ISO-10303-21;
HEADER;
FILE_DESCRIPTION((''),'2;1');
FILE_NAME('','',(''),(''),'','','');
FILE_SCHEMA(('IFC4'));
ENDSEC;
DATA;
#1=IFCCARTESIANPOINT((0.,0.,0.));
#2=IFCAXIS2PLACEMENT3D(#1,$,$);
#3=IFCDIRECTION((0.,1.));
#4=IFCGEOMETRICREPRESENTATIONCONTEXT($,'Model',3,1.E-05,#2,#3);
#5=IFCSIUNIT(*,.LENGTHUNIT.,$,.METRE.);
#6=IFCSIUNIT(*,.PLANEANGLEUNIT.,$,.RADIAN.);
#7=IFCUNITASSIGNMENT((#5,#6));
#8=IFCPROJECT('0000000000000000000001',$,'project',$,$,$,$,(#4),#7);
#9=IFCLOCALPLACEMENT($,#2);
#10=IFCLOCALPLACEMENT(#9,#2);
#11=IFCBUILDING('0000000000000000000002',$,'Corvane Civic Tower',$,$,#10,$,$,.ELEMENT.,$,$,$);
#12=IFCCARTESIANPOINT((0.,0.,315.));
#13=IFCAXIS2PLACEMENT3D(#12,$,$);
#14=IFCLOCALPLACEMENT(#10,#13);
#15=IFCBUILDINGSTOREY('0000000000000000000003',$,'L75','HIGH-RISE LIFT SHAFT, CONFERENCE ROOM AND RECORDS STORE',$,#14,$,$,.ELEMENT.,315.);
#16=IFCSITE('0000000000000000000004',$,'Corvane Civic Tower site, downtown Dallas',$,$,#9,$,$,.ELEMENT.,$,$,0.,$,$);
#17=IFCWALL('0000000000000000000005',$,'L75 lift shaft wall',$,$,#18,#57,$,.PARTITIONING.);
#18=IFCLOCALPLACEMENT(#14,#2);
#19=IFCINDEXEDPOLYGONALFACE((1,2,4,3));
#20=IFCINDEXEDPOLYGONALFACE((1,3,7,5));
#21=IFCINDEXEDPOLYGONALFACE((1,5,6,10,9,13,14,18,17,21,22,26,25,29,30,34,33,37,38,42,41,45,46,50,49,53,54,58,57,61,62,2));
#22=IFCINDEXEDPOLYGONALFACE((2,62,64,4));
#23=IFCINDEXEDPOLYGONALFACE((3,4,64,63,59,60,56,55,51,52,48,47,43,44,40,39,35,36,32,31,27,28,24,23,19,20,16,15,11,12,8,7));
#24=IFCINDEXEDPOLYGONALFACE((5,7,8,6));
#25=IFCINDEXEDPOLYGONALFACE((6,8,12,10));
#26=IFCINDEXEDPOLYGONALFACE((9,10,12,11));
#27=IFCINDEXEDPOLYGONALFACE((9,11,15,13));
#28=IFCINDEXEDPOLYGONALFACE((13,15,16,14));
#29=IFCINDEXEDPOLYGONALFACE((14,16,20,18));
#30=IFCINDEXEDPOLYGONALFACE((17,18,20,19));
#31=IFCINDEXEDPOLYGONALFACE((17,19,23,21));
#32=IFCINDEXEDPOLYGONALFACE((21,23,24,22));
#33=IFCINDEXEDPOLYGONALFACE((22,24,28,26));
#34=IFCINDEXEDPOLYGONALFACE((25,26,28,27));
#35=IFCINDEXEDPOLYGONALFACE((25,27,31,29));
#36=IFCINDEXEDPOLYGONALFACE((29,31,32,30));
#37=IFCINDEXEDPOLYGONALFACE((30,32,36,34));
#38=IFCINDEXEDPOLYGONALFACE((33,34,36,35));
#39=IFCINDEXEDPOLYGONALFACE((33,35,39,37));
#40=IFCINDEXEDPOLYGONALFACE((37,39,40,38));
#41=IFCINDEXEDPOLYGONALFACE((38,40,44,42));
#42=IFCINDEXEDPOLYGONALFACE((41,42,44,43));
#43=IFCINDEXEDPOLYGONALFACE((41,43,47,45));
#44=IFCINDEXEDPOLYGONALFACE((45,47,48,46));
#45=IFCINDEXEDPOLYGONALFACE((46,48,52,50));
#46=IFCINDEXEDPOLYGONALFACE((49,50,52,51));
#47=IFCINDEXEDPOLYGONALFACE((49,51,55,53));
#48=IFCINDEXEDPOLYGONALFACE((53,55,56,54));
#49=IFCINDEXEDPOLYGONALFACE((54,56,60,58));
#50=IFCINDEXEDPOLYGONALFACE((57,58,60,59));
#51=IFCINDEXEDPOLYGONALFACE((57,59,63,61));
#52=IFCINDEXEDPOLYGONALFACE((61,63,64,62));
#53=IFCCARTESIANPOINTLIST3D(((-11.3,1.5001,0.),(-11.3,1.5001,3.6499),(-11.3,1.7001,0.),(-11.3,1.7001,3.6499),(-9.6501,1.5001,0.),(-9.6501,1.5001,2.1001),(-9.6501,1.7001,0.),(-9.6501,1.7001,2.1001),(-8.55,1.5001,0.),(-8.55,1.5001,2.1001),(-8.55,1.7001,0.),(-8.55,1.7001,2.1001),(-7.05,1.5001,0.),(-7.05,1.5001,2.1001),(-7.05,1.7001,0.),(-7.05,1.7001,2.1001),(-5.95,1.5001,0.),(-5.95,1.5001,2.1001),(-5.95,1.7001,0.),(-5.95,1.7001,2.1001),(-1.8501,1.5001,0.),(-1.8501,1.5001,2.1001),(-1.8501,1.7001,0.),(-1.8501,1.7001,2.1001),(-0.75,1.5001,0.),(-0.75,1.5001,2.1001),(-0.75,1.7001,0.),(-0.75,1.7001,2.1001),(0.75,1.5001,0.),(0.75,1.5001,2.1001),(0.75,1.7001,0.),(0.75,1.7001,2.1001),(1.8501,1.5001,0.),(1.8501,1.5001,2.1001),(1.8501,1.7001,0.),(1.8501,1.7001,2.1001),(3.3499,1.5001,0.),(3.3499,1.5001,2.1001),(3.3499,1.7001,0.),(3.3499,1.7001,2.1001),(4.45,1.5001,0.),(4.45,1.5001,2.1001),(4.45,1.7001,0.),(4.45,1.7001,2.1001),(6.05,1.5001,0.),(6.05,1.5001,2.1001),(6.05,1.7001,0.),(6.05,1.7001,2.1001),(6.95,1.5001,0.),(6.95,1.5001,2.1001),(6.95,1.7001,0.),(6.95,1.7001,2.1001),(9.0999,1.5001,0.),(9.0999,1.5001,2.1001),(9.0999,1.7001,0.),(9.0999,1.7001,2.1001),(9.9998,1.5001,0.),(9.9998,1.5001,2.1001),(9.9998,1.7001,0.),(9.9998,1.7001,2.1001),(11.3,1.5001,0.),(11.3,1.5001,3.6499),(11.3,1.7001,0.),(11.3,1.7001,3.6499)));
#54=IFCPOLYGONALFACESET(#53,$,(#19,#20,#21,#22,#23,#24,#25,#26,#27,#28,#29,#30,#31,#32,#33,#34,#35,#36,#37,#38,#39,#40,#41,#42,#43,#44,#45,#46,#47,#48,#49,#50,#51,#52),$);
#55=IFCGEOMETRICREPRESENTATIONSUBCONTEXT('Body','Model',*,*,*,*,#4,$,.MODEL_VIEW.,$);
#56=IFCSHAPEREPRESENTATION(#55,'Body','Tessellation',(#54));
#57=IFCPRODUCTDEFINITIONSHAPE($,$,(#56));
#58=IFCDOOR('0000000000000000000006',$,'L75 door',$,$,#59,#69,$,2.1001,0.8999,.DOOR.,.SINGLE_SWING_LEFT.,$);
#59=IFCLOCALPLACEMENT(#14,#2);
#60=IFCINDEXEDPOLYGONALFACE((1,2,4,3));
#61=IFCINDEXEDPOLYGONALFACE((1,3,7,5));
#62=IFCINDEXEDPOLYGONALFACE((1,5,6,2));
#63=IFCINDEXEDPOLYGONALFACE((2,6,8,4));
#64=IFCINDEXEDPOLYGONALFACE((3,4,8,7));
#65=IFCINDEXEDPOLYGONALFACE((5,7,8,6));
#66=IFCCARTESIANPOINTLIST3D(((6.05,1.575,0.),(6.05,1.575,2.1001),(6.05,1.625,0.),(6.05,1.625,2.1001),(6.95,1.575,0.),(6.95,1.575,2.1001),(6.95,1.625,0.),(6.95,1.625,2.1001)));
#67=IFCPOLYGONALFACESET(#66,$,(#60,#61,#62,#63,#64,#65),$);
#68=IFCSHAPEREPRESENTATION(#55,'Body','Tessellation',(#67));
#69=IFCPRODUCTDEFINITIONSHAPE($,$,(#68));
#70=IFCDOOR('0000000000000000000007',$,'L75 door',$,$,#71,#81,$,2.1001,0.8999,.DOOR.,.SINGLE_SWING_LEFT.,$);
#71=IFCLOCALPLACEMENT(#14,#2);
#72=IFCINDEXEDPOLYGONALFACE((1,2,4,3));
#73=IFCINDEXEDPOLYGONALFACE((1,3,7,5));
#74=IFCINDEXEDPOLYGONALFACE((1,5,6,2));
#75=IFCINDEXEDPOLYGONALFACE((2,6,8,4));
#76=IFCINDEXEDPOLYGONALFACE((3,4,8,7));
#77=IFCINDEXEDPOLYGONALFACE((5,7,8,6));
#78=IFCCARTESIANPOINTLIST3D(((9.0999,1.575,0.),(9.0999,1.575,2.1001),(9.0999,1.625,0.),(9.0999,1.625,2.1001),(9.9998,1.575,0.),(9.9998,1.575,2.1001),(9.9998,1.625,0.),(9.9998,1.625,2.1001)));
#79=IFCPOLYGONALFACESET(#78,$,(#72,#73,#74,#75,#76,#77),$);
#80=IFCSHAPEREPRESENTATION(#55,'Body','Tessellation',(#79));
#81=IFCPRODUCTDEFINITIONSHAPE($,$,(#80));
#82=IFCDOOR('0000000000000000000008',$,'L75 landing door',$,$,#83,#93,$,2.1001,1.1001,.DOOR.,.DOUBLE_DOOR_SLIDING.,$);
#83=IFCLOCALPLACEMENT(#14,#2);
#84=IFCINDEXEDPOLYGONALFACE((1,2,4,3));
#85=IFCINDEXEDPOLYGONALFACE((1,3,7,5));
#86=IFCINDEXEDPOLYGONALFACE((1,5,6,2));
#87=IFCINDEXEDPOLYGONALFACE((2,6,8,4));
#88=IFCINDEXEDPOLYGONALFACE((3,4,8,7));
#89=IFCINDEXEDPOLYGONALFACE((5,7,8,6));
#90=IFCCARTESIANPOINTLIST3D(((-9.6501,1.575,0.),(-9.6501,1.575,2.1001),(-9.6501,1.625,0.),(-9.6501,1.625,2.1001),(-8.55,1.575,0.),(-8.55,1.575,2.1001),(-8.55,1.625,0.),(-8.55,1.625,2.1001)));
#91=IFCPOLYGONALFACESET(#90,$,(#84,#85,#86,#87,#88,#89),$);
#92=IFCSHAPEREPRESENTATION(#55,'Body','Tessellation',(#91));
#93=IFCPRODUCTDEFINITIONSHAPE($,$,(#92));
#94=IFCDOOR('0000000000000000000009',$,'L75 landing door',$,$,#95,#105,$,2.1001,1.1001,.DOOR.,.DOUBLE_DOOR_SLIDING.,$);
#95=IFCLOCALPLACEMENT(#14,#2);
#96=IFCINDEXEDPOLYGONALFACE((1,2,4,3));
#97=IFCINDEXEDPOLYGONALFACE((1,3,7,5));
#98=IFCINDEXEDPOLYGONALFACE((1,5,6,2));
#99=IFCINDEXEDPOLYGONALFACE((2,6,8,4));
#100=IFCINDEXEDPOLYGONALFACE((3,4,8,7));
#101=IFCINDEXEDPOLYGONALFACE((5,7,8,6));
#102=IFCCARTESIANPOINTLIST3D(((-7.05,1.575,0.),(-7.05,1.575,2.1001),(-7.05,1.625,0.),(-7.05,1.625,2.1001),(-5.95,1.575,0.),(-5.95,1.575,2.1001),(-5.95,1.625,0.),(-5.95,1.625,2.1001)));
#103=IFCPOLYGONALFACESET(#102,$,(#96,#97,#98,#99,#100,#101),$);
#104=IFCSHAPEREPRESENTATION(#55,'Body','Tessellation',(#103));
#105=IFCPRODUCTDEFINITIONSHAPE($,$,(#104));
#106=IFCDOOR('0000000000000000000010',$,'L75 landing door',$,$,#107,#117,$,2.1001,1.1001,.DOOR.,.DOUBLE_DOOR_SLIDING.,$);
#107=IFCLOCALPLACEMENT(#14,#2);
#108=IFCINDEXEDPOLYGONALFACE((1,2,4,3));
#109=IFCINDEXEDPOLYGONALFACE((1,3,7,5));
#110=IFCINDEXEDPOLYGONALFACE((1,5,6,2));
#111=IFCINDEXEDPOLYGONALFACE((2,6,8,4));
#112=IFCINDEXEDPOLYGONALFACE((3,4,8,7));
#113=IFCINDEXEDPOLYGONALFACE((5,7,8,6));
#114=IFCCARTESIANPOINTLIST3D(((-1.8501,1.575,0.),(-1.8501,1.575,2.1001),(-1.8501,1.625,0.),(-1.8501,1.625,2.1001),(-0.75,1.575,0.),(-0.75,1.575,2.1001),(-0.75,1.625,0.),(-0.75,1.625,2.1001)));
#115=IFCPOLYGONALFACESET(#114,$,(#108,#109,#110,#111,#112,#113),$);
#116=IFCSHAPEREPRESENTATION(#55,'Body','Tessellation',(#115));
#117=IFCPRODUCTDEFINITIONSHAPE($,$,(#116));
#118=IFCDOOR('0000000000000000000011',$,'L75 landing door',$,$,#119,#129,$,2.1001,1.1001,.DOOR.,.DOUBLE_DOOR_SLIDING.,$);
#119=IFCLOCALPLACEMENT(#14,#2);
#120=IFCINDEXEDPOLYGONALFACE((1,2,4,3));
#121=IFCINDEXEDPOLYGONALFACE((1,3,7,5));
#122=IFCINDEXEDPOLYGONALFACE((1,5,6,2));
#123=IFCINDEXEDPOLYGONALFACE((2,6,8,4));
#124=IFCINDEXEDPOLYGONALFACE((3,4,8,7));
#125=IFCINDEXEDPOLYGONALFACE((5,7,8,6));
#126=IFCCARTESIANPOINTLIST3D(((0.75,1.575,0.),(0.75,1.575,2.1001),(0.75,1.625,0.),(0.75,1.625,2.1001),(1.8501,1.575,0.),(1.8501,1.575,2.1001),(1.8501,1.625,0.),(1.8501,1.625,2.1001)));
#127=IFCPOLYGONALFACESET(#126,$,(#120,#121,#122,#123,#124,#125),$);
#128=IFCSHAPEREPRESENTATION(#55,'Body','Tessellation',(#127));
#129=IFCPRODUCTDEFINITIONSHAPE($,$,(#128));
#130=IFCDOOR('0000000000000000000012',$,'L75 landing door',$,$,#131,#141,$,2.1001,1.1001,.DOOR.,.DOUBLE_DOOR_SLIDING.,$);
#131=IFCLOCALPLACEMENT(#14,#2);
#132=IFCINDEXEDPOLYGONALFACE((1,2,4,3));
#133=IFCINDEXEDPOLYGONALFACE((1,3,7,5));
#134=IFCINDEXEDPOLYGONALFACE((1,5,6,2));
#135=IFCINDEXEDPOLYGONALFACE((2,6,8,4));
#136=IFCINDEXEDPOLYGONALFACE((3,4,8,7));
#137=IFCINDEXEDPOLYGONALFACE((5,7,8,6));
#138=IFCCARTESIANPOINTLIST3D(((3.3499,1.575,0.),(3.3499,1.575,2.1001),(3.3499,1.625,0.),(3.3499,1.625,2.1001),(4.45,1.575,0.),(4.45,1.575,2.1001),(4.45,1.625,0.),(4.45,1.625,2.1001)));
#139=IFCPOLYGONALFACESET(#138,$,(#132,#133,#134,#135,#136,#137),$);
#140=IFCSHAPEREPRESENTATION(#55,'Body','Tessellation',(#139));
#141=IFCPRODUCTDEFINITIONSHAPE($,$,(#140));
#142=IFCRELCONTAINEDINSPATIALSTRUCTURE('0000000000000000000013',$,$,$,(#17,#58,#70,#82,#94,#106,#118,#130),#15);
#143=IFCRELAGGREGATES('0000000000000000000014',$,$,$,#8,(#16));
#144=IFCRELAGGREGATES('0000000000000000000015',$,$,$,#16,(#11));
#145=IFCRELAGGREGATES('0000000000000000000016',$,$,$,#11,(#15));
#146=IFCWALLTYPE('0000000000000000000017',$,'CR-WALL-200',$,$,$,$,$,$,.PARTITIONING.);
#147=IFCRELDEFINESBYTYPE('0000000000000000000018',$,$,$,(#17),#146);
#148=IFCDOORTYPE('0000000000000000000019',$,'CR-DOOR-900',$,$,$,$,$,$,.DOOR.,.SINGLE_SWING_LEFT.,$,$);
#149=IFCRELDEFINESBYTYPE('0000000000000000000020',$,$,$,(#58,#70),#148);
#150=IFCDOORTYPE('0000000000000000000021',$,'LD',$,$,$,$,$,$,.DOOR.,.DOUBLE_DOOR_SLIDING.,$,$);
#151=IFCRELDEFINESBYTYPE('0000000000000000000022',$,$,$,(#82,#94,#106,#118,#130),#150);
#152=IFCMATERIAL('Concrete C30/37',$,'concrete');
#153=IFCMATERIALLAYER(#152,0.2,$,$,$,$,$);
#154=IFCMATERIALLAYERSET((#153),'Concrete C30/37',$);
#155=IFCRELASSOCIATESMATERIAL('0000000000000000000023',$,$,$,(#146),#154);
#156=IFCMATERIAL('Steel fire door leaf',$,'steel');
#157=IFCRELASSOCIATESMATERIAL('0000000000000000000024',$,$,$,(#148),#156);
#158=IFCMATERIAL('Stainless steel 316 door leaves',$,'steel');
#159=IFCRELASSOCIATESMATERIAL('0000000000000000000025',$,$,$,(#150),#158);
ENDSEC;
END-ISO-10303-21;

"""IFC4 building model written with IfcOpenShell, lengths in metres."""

from ifc_helpers import new_model, si_unit, direction, frame, frame_2d, origin, place, context, subcontext, project, spatial, rectangle, extrude, material, layer, layer_set, type_object, element, fill, save


model = new_model("IFC4")

# Units and contexts
model_context = context("Model", 3, precision=1e-05, world=origin(), true_north=direction((0.0, 1.0)))
body_context = subcontext(model_context, "Body", "Model", "MODEL_VIEW")
ifc_project = project(units=[si_unit("LENGTHUNIT", "METRE"), si_unit("PLANEANGLEUNIT", "RADIAN")], contexts=[model_context])

# Site, building, storey
site_placement = place(None, origin())
site = spatial("IfcSite", under=ifc_project, at=site_placement, Name="Corvane Civic Tower site, downtown Dallas", CompositionType="ELEMENT", RefElevation=0.0)
building_placement = place(site_placement, origin())
building = spatial("IfcBuilding", under=site, at=building_placement, Name="Corvane Civic Tower", CompositionType="ELEMENT")
storey_placement = place(building_placement, frame((0.0, 0.0, 315.0)))
storey = spatial("IfcBuildingStorey", under=building, at=storey_placement, Name="L75", Description="HIGH-RISE LIFT SHAFT, CONFERENCE ROOM AND RECORDS STORE", CompositionType="ELEMENT", Elevation=315.0)

# Wall, openings, doors
ifc_material_1 = material(Name="Concrete C30/37", Category="concrete")
ifc_layer_1 = layer(ifc_material_1, 0.2)
ifc_layer_set_1 = layer_set([ifc_layer_1], Name="Concrete C30/37")
wall_type_1 = type_object("IfcWallType", Name="CR-WALL-200", PredefinedType="PARTITIONING", material=ifc_layer_set_1)
wall_1_placement = place(storey_placement, frame((-11.3, 1.6001, 0.0), z_axis=(0.0, 0.0, 1.0), x_axis=(1.0, 0.0, 0.0)))
wall_1 = element("IfcWall", 1, at=wall_1_placement, inside=storey, type_object=wall_type_1, Name="L75 lift shaft wall", PredefinedType="PARTITIONING", context=body_context, shape_type="SweptSolid", body=[
    extrude(rectangle(XDim=22.6001, YDim=0.2, at=frame_2d((11.3, 0.0))), origin(), (0.0, 0.0, 1.0), 3.6499),
])
opening_1_placement = place(wall_1_placement, frame((1.6499, 0.0, 0.0)))
opening_1 = element("IfcOpeningElement", 2, at=opening_1_placement, cuts=wall_1, PredefinedType="OPENING", context=body_context, shape_type="SweptSolid", body=[
    extrude(rectangle(XDim=1.1001, YDim=2.1001, at=frame_2d((0.55, 1.05))), frame((0.0, 0.1099, 0.0), z_axis=(0.0, -1.0, 0.0), x_axis=(1.0, 0.0, 0.0)), (0.0, 0.0, 1.0), 0.22),
])
opening_2_placement = place(wall_1_placement, frame((4.25, 0.0, 0.0)))
opening_2 = element("IfcOpeningElement", 3, at=opening_2_placement, cuts=wall_1, PredefinedType="OPENING", context=body_context, shape_type="SweptSolid", body=[
    extrude(rectangle(XDim=1.1001, YDim=2.1001, at=frame_2d((0.55, 1.05))), frame((0.0, 0.1099, 0.0), z_axis=(0.0, -1.0, 0.0), x_axis=(1.0, 0.0, 0.0)), (0.0, 0.0, 1.0), 0.22),
])
opening_3_placement = place(wall_1_placement, frame((9.45, 0.0, 0.0)))
opening_3 = element("IfcOpeningElement", 4, at=opening_3_placement, cuts=wall_1, PredefinedType="OPENING", context=body_context, shape_type="SweptSolid", body=[
    extrude(rectangle(XDim=1.1001, YDim=2.1001, at=frame_2d((0.55, 1.05))), frame((0.0, 0.1099, 0.0), z_axis=(0.0, -1.0, 0.0), x_axis=(1.0, 0.0, 0.0)), (0.0, 0.0, 1.0), 0.22),
])
opening_4_placement = place(wall_1_placement, frame((12.05, 0.0, 0.0)))
opening_4 = element("IfcOpeningElement", 5, at=opening_4_placement, cuts=wall_1, PredefinedType="OPENING", context=body_context, shape_type="SweptSolid", body=[
    extrude(rectangle(XDim=1.1001, YDim=2.1001, at=frame_2d((0.55, 1.05))), frame((0.0, 0.1099, 0.0), z_axis=(0.0, -1.0, 0.0), x_axis=(1.0, 0.0, 0.0)), (0.0, 0.0, 1.0), 0.22),
])
opening_5_placement = place(wall_1_placement, frame((14.6499, 0.0, 0.0)))
opening_5 = element("IfcOpeningElement", 6, at=opening_5_placement, cuts=wall_1, PredefinedType="OPENING", context=body_context, shape_type="SweptSolid", body=[
    extrude(rectangle(XDim=1.1001, YDim=2.1001, at=frame_2d((0.55, 1.05))), frame((0.0, 0.1099, 0.0), z_axis=(0.0, -1.0, 0.0), x_axis=(1.0, 0.0, 0.0)), (0.0, 0.0, 1.0), 0.22),
])
opening_6_placement = place(wall_1_placement, frame((17.3501, 0.0, 0.0)))
opening_6 = element("IfcOpeningElement", 7, at=opening_6_placement, cuts=wall_1, PredefinedType="OPENING", context=body_context, shape_type="SweptSolid", body=[
    extrude(rectangle(XDim=0.8999, YDim=2.1001, at=frame_2d((0.45, 1.05))), frame((0.0, 0.1099, 0.0), z_axis=(0.0, -1.0, 0.0), x_axis=(1.0, 0.0, 0.0)), (0.0, 0.0, 1.0), 0.22),
])
opening_7_placement = place(wall_1_placement, frame((20.3999, 0.0, 0.0)))
opening_7 = element("IfcOpeningElement", 8, at=opening_7_placement, cuts=wall_1, PredefinedType="OPENING", context=body_context, shape_type="SweptSolid", body=[
    extrude(rectangle(XDim=0.8999, YDim=2.1001, at=frame_2d((0.45, 1.05))), frame((0.0, 0.1099, 0.0), z_axis=(0.0, -1.0, 0.0), x_axis=(1.0, 0.0, 0.0)), (0.0, 0.0, 1.0), 0.22),
])
ifc_material_2 = material(Name="Steel fire door leaf", Category="steel")
door_type_1 = type_object("IfcDoorType", Name="CR-DOOR-900", OperationType="SINGLE_SWING_LEFT", PredefinedType="DOOR", material=ifc_material_2)
door_1_placement = place(opening_6_placement, origin())
door_1 = element("IfcDoor", 9, at=door_1_placement, inside=storey, type_object=door_type_1, Name="L75 door", OperationType="SINGLE_SWING_LEFT", OverallHeight=2.1001, OverallWidth=0.8999, PredefinedType="DOOR", context=body_context, shape_type="SweptSolid", body=[
    extrude(rectangle(XDim=0.8999, YDim=2.1001, at=frame_2d((0.45, 1.05))), frame((0.0, 0.0249, 0.0), z_axis=(0.0, -1.0, 0.0), x_axis=(1.0, 0.0, 0.0)), (0.0, 0.0, 1.0), 0.05),
])
fill(opening_6, door_1)
door_2_placement = place(opening_7_placement, origin())
door_2 = element("IfcDoor", 10, at=door_2_placement, inside=storey, type_object=door_type_1, Name="L75 door", OperationType="SINGLE_SWING_LEFT", OverallHeight=2.1001, OverallWidth=0.8999, PredefinedType="DOOR", context=body_context, shape_type="SweptSolid", body=[
    extrude(rectangle(XDim=0.8999, YDim=2.1001, at=frame_2d((0.45, 1.05))), frame((0.0, 0.0249, 0.0), z_axis=(0.0, -1.0, 0.0), x_axis=(1.0, 0.0, 0.0)), (0.0, 0.0, 1.0), 0.05),
])
fill(opening_7, door_2)
ifc_material_3 = material(Name="Stainless steel 316 door leaves", Category="steel")
door_type_2 = type_object("IfcDoorType", Name="LD", OperationType="DOUBLE_DOOR_SLIDING", PredefinedType="DOOR", material=ifc_material_3)
door_3_placement = place(opening_1_placement, origin())
door_3 = element("IfcDoor", 11, at=door_3_placement, inside=storey, type_object=door_type_2, Name="L75 landing door", OperationType="DOUBLE_DOOR_SLIDING", OverallHeight=2.1001, OverallWidth=1.1001, PredefinedType="DOOR", context=body_context, shape_type="SweptSolid", body=[
    extrude(rectangle(XDim=1.1001, YDim=2.1001, at=frame_2d((0.55, 1.05))), frame((0.0, 0.0249, 0.0), z_axis=(0.0, -1.0, 0.0), x_axis=(1.0, 0.0, 0.0)), (0.0, 0.0, 1.0), 0.05),
])
fill(opening_1, door_3)
door_4_placement = place(opening_2_placement, origin())
door_4 = element("IfcDoor", 12, at=door_4_placement, inside=storey, type_object=door_type_2, Name="L75 landing door", OperationType="DOUBLE_DOOR_SLIDING", OverallHeight=2.1001, OverallWidth=1.1001, PredefinedType="DOOR", context=body_context, shape_type="SweptSolid", body=[
    extrude(rectangle(XDim=1.1001, YDim=2.1001, at=frame_2d((0.55, 1.05))), frame((0.0, 0.0249, 0.0), z_axis=(0.0, -1.0, 0.0), x_axis=(1.0, 0.0, 0.0)), (0.0, 0.0, 1.0), 0.05),
])
fill(opening_2, door_4)
door_5_placement = place(opening_3_placement, origin())
door_5 = element("IfcDoor", 13, at=door_5_placement, inside=storey, type_object=door_type_2, Name="L75 landing door", OperationType="DOUBLE_DOOR_SLIDING", OverallHeight=2.1001, OverallWidth=1.1001, PredefinedType="DOOR", context=body_context, shape_type="SweptSolid", body=[
    extrude(rectangle(XDim=1.1001, YDim=2.1001, at=frame_2d((0.55, 1.05))), frame((0.0, 0.0249, 0.0), z_axis=(0.0, -1.0, 0.0), x_axis=(1.0, 0.0, 0.0)), (0.0, 0.0, 1.0), 0.05),
])
fill(opening_3, door_5)
door_6_placement = place(opening_4_placement, origin())
door_6 = element("IfcDoor", 14, at=door_6_placement, inside=storey, type_object=door_type_2, Name="L75 landing door", OperationType="DOUBLE_DOOR_SLIDING", OverallHeight=2.1001, OverallWidth=1.1001, PredefinedType="DOOR", context=body_context, shape_type="SweptSolid", body=[
    extrude(rectangle(XDim=1.1001, YDim=2.1001, at=frame_2d((0.55, 1.05))), frame((0.0, 0.0249, 0.0), z_axis=(0.0, -1.0, 0.0), x_axis=(1.0, 0.0, 0.0)), (0.0, 0.0, 1.0), 0.05),
])
fill(opening_4, door_6)
door_7_placement = place(opening_5_placement, origin())
door_7 = element("IfcDoor", 15, at=door_7_placement, inside=storey, type_object=door_type_2, Name="L75 landing door", OperationType="DOUBLE_DOOR_SLIDING", OverallHeight=2.1001, OverallWidth=1.1001, PredefinedType="DOOR", context=body_context, shape_type="SweptSolid", body=[
    extrude(rectangle(XDim=1.1001, YDim=2.1001, at=frame_2d((0.55, 1.05))), frame((0.0, 0.0249, 0.0), z_axis=(0.0, -1.0, 0.0), x_axis=(1.0, 0.0, 0.0)), (0.0, 0.0, 1.0), 0.05),
])
fill(opening_5, door_7)

save(model, "model.ifc")
